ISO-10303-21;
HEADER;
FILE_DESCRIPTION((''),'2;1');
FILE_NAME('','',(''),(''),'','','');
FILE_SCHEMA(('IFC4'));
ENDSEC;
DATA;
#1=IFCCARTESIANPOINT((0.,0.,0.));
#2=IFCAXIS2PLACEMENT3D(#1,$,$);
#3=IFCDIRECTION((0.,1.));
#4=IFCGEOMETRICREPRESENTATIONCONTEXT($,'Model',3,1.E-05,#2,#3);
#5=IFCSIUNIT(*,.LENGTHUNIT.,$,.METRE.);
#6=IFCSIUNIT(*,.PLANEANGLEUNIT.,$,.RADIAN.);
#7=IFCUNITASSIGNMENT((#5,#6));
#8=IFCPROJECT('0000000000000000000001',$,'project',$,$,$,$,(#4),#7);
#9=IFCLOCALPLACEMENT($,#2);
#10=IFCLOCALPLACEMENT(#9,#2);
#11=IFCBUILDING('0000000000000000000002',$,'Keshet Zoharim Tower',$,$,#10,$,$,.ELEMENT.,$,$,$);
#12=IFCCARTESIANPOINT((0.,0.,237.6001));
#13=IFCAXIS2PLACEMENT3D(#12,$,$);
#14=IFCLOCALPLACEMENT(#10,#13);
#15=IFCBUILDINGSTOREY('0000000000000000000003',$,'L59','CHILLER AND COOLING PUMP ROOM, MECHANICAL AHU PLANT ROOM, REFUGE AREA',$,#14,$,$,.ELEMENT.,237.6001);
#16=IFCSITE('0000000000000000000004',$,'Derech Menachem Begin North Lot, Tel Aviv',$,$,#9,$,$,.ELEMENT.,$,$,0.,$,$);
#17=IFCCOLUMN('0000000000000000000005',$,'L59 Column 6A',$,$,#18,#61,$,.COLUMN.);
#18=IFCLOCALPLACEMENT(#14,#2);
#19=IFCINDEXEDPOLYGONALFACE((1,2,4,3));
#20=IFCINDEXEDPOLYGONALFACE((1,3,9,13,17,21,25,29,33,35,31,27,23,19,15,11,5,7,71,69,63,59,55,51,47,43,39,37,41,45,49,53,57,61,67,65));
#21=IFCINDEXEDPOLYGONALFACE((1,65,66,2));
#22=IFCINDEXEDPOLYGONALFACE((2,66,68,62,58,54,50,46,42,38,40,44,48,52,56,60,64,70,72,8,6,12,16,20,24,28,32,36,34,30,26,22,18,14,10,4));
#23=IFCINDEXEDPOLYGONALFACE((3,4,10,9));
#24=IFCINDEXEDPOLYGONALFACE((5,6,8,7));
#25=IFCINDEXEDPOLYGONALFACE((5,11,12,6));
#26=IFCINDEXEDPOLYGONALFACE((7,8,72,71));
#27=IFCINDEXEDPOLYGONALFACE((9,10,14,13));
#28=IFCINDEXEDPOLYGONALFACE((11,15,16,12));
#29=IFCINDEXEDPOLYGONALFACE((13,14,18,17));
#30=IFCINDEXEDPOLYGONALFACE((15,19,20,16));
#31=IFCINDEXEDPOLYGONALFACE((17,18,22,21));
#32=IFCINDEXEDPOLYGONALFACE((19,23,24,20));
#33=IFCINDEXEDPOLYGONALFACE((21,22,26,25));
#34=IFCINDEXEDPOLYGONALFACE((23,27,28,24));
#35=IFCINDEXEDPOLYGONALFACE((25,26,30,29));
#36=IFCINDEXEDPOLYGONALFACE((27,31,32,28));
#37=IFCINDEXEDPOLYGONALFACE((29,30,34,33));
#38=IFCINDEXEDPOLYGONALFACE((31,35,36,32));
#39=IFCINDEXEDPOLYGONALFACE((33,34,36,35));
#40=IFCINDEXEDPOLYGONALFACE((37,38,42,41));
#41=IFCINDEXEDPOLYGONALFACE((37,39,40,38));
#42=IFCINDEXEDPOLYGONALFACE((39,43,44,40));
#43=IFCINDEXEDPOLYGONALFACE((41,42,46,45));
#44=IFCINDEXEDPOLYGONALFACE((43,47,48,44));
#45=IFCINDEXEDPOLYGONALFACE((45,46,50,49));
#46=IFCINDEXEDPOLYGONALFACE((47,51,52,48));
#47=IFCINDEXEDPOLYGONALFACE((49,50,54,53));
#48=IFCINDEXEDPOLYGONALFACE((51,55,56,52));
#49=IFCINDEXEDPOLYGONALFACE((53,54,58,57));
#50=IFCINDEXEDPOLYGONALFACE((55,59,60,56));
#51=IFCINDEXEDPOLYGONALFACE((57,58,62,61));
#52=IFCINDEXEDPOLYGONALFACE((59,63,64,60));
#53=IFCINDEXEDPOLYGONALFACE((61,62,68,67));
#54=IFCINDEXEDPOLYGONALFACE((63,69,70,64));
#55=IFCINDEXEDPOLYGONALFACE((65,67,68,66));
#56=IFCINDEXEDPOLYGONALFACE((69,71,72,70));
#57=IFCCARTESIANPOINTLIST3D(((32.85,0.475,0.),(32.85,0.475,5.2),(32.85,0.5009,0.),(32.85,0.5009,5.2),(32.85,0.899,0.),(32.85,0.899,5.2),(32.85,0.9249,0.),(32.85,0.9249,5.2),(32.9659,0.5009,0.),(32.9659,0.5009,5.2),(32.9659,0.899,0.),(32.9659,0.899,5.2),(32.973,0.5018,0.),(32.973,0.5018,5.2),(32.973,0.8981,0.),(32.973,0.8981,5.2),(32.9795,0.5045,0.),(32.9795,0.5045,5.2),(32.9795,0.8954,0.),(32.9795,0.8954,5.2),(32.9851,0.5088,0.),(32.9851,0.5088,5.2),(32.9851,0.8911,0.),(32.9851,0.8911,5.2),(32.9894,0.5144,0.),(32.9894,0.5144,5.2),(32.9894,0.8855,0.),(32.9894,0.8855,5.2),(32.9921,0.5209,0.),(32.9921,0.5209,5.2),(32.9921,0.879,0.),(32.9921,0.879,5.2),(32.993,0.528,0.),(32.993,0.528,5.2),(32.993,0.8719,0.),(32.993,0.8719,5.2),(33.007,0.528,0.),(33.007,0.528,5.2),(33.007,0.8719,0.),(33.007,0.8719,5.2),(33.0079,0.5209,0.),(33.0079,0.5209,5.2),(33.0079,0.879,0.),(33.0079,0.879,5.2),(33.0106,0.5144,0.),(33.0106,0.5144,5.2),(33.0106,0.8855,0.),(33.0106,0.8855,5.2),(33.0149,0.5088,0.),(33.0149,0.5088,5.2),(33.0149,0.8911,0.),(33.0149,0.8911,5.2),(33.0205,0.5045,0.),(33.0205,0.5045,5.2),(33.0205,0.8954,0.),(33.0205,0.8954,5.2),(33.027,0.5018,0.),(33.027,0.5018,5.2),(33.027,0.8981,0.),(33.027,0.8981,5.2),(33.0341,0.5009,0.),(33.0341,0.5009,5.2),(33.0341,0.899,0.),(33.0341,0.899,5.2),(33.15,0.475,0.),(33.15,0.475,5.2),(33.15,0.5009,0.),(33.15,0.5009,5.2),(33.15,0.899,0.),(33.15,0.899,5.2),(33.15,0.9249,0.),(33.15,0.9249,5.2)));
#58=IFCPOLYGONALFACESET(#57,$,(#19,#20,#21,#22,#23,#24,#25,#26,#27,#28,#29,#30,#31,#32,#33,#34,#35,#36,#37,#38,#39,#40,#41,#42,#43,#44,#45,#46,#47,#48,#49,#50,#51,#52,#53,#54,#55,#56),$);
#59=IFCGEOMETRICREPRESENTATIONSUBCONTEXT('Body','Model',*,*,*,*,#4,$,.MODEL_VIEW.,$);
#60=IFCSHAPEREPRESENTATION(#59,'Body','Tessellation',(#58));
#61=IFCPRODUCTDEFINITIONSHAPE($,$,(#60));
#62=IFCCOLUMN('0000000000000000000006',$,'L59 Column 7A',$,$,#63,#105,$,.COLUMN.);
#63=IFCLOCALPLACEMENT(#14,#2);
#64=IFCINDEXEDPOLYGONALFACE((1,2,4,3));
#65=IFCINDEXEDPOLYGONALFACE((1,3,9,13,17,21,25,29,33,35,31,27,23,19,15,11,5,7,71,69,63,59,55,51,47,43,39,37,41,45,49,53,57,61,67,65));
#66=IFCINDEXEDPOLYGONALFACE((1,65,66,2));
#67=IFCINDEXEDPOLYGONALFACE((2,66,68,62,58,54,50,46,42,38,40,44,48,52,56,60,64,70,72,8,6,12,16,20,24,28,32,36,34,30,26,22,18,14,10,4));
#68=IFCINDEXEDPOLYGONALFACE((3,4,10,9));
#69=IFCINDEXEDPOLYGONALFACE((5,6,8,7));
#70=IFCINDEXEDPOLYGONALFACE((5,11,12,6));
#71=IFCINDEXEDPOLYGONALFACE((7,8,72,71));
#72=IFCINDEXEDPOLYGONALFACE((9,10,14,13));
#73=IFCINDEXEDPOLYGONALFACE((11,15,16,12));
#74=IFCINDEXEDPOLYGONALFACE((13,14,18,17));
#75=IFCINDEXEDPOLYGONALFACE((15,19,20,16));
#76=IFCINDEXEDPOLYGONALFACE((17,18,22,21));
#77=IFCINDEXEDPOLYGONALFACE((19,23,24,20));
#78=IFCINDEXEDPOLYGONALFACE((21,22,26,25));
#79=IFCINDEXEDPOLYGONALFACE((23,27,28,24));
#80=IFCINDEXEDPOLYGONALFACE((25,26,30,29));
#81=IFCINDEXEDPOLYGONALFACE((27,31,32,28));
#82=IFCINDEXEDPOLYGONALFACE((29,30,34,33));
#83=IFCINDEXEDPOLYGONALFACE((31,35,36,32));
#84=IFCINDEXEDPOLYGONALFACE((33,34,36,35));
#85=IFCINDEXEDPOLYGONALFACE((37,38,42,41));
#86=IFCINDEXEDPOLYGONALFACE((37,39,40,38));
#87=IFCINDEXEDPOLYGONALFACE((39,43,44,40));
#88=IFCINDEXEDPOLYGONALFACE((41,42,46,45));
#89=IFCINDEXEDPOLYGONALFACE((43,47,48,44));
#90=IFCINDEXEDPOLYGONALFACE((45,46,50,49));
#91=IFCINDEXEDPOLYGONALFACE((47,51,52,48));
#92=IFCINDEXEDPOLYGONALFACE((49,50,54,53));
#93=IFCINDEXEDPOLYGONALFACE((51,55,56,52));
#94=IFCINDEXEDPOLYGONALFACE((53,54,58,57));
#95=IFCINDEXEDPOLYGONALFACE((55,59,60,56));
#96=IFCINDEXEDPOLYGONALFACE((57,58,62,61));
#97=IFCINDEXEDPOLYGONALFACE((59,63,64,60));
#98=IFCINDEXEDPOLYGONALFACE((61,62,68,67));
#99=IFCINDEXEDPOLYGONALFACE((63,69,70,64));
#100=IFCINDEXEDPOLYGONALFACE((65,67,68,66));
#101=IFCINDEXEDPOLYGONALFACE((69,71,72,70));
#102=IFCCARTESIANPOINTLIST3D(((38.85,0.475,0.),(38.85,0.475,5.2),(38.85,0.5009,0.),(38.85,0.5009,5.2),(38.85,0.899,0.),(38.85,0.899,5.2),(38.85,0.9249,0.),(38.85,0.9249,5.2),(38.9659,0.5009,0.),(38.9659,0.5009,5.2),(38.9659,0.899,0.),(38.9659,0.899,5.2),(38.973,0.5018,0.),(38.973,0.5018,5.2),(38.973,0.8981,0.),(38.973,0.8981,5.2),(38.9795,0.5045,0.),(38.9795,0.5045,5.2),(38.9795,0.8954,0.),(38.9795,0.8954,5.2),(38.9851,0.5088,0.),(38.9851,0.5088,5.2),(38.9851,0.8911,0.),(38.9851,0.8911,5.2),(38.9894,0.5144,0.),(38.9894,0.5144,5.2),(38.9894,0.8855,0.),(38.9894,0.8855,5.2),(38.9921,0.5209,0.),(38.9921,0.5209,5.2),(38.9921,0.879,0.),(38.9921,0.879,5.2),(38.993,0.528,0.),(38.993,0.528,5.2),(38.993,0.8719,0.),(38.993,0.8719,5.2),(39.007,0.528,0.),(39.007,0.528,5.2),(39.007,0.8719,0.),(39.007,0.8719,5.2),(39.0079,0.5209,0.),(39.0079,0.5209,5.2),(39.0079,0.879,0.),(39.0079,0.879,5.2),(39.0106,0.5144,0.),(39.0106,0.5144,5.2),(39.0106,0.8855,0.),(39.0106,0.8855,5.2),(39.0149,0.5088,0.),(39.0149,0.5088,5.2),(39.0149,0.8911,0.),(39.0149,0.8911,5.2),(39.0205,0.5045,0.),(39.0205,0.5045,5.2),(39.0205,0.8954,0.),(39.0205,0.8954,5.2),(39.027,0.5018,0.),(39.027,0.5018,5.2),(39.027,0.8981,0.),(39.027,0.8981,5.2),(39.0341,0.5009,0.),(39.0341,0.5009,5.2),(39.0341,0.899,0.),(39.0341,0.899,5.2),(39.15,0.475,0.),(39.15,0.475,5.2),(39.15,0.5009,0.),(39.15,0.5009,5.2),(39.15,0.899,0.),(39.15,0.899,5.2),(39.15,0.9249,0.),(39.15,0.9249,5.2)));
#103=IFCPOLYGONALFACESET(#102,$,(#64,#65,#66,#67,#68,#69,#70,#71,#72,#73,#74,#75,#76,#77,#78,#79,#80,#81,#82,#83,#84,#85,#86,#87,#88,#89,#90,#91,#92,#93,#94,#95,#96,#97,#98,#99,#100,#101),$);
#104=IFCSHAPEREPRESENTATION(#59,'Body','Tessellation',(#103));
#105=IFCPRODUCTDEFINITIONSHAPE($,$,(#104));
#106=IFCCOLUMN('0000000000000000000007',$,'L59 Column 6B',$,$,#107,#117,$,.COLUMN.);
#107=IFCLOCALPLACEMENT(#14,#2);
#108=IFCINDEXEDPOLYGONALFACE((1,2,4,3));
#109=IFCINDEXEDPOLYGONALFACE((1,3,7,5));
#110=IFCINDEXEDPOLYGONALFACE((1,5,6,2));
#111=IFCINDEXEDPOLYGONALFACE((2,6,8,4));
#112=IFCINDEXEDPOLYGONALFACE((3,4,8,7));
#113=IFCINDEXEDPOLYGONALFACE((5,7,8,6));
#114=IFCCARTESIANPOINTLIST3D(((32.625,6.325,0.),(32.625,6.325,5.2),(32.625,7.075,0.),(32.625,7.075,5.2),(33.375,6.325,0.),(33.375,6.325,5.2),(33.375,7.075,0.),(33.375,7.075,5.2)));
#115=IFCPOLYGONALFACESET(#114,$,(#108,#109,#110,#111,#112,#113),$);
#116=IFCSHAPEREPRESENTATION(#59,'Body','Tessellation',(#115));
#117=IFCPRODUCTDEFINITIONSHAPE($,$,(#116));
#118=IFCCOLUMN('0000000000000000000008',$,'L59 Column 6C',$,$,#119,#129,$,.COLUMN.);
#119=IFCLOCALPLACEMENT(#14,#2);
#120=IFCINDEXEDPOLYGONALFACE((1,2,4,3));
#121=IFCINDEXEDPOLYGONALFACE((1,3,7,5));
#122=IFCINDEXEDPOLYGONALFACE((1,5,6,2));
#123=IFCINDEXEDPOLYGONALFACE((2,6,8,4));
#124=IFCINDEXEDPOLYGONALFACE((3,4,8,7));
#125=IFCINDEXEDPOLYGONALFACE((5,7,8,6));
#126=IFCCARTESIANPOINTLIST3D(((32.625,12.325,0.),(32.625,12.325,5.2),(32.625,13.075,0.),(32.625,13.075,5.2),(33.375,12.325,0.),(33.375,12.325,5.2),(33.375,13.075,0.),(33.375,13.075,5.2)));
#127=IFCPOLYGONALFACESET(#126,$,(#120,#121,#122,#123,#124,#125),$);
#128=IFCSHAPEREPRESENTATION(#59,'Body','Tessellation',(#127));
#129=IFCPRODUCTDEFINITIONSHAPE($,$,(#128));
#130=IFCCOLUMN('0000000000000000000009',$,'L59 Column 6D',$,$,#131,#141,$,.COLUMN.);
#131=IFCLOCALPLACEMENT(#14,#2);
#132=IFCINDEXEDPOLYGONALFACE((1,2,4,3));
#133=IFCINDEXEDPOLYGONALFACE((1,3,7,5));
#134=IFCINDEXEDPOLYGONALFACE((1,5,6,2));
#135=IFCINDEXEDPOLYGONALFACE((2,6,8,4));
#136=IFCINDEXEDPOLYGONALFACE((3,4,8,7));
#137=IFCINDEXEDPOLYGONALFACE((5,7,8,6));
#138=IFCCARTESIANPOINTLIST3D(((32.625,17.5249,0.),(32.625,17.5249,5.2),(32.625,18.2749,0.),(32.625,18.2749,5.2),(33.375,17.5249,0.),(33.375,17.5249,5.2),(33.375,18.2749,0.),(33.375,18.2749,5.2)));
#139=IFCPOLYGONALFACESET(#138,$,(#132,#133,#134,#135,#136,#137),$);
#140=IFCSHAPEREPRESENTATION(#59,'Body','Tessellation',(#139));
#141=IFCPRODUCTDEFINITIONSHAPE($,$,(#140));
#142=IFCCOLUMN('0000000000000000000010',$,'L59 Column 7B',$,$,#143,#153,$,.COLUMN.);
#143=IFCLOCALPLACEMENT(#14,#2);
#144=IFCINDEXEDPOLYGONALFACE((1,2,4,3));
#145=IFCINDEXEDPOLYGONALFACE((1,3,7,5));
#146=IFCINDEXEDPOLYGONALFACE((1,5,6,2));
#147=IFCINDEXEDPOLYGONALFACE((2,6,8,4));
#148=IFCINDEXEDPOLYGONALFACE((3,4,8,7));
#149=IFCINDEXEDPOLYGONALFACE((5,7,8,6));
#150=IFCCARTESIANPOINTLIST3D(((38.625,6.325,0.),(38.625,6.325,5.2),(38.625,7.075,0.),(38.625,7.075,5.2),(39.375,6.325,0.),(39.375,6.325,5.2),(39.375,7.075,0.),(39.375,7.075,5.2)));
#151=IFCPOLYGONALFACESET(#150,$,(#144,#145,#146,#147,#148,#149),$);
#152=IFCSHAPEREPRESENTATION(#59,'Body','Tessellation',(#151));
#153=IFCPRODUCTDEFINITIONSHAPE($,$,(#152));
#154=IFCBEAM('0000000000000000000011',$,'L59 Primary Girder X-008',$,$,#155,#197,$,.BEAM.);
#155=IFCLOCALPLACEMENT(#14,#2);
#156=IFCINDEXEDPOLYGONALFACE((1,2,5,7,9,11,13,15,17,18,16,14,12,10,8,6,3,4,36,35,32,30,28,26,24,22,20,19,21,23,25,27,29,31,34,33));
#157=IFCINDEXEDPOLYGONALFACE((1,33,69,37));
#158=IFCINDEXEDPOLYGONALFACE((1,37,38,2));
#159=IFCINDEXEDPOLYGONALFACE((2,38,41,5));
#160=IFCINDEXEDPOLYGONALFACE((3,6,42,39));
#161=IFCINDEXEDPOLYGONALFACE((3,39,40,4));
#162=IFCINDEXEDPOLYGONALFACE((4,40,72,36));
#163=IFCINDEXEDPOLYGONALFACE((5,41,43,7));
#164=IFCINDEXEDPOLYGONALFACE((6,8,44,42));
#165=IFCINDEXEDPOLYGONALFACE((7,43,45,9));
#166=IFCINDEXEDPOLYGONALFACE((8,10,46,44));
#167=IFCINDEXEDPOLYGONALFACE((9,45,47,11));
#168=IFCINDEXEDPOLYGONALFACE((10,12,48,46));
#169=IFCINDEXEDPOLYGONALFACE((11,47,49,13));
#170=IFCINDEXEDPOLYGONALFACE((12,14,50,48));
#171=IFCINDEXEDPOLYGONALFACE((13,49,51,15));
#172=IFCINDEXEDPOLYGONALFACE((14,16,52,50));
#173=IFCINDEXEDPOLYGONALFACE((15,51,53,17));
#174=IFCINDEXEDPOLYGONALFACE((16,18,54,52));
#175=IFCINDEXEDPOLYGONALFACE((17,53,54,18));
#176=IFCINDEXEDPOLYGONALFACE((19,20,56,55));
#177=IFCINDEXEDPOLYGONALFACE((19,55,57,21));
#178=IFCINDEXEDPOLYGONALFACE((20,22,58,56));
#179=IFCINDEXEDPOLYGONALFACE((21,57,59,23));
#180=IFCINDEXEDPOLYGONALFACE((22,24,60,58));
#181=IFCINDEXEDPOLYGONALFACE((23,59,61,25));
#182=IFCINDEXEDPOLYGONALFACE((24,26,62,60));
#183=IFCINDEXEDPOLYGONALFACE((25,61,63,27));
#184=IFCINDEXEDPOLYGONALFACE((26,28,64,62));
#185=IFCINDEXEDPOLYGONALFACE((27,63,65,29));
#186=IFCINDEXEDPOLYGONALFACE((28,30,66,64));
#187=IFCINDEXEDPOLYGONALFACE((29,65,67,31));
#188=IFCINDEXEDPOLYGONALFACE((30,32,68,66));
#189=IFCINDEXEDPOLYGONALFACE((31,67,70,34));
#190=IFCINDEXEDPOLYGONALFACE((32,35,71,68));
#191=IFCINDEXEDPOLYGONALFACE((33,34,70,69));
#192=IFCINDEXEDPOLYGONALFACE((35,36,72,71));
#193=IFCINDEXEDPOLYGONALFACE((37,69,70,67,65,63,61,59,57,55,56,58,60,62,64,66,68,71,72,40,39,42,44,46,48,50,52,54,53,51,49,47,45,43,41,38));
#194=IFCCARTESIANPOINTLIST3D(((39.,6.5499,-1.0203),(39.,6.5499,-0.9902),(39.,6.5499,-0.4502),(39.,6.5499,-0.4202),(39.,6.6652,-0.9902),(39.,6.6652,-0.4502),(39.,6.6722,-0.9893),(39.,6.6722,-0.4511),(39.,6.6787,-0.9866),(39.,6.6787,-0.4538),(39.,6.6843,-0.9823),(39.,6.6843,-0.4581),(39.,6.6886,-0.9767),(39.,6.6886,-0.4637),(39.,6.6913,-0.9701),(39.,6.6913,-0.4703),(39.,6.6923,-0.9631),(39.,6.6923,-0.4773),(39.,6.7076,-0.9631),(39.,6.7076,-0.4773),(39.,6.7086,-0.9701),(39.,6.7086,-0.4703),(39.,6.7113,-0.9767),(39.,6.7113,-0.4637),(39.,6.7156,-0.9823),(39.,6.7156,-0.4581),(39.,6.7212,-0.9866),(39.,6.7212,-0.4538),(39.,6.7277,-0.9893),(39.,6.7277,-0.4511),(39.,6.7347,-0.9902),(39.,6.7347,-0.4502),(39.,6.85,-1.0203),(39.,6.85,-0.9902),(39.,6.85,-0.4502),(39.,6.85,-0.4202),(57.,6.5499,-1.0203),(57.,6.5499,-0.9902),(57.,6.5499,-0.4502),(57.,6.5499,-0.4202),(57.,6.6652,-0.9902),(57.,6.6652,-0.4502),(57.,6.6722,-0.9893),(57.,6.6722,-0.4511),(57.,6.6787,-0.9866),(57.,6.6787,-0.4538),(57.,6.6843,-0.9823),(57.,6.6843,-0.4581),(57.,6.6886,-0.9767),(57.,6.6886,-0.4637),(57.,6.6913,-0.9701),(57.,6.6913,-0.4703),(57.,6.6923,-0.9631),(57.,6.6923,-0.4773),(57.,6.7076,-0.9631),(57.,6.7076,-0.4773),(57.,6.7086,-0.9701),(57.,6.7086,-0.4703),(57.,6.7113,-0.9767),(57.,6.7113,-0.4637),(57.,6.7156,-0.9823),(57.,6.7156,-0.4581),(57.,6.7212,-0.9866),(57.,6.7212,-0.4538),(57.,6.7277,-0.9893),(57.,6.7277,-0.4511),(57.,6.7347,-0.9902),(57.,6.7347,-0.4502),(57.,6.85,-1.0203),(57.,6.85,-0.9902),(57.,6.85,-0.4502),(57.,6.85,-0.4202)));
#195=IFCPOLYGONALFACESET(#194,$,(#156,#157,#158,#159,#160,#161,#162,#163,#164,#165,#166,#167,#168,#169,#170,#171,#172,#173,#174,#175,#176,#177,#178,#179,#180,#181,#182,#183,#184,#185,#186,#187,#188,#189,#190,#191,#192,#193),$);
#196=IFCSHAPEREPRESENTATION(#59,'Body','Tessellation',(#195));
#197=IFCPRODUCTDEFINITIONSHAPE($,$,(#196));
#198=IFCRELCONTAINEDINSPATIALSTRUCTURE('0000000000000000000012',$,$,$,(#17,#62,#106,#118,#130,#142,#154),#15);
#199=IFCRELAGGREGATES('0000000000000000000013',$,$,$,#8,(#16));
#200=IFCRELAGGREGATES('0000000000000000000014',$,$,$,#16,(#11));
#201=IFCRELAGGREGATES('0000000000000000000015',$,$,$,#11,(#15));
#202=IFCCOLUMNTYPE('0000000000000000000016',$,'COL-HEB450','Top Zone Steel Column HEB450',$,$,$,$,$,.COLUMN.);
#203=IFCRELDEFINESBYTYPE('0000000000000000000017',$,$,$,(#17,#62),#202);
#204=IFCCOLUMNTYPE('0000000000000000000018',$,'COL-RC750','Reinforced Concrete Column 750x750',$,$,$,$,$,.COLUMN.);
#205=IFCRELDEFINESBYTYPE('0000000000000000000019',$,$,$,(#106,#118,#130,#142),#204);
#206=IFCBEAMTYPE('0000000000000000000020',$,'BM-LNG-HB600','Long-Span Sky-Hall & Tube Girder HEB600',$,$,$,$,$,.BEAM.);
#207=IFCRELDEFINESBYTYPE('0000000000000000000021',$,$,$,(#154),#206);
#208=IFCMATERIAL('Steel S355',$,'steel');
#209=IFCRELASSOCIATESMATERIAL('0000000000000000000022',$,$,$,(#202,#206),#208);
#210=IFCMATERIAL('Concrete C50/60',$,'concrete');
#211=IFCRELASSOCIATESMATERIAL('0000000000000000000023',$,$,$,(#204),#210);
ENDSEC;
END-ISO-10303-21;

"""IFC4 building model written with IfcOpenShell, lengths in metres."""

from ifc_helpers import new_model, si_unit, direction, frame, origin, origin_2d, place, context, subcontext, project, spatial, rectangle, i_section, extrude, material, material_profile, profile_set, type_object, element, save


model = new_model("IFC4")

# Units and contexts
model_context = context("Model", 3, precision=1e-05, world=origin(), true_north=direction((0.0, 1.0)))
body_context = subcontext(model_context, "Body", "Model", "MODEL_VIEW")
ifc_project = project(units=[si_unit("LENGTHUNIT", "METRE"), si_unit("PLANEANGLEUNIT", "RADIAN")], contexts=[model_context])

# Site, building, storey
site_placement = place(None, origin())
site = spatial("IfcSite", under=ifc_project, at=site_placement, Name="Derech Menachem Begin North Lot, Tel Aviv", CompositionType="ELEMENT", RefElevation=0.0)
building_placement = place(site_placement, origin())
building = spatial("IfcBuilding", under=site, at=building_placement, Name="Keshet Zoharim Tower", CompositionType="ELEMENT")
storey_placement = place(building_placement, frame((0.0, 0.0, 237.6001)))
storey = spatial("IfcBuildingStorey", under=building, at=storey_placement, Name="L59", Description="CHILLER AND COOLING PUMP ROOM, MECHANICAL AHU PLANT ROOM, REFUGE AREA", CompositionType="ELEMENT", Elevation=237.6001)

# Columns
ifc_material_1 = material(Name="Steel S355", Category="steel")
ifc_material_profile_1 = material_profile(ifc_material_1, i_section(OverallWidth=0.3, OverallDepth=0.45, WebThickness=0.0139, FlangeThickness=0.0259, FilletRadius=0.0271, at=origin_2d()), Name="HEB450")
ifc_profile_set_1 = profile_set([ifc_material_profile_1], Name="Steel S355")
column_type_1 = type_object("IfcColumnType", Name="COL-HEB450", Description="Top Zone Steel Column HEB450", PredefinedType="COLUMN", material=ifc_profile_set_1)
for number, where, z_axis, x_axis, name in (
    (1, (33.0, 0.7, 0.0), (0.0, 0.0, 1.0), (1.0, 0.0, 0.0), "L59 Column 6A"),
    (2, (39.0, 0.7, 0.0), (0.0, 0.0, 1.0), (1.0, 0.0, 0.0), "L59 Column 7A"),
):
    element("IfcColumn", number, at=place(storey_placement, frame(where, z_axis=z_axis, x_axis=x_axis)), inside=storey, type_object=column_type_1, Name=name, PredefinedType="COLUMN", context=body_context, shape_type="SweptSolid", body=[
        extrude(i_section(OverallWidth=0.3, OverallDepth=0.45, WebThickness=0.0139, FlangeThickness=0.0259, FilletRadius=0.0271, at=origin_2d()), origin(), (0.0, 0.0, 1.0), 5.2),
    ])
ifc_material_2 = material(Name="Concrete C50/60", Category="concrete")
ifc_material_profile_2 = material_profile(ifc_material_2, rectangle(XDim=0.75, YDim=0.75, at=origin_2d()), Name="RC750x750")
ifc_profile_set_2 = profile_set([ifc_material_profile_2], Name="Concrete C50/60")
column_type_2 = type_object("IfcColumnType", Name="COL-RC750", Description="Reinforced Concrete Column 750x750", PredefinedType="COLUMN", material=ifc_profile_set_2)
for number, where, z_axis, x_axis, name in (
    (3, (33.0, 6.7, 0.0), (0.0, 0.0, 1.0), (1.0, 0.0, 0.0), "L59 Column 6B"),
    (4, (33.0, 12.7, 0.0), (0.0, 0.0, 1.0), (1.0, 0.0, 0.0), "L59 Column 6C"),
    (5, (33.0, 17.8999, 0.0), (0.0, 0.0, 1.0), (1.0, 0.0, 0.0), "L59 Column 6D"),
    (6, (39.0, 6.7, 0.0), (0.0, 0.0, 1.0), (1.0, 0.0, 0.0), "L59 Column 7B"),
):
    element("IfcColumn", number, at=place(storey_placement, frame(where, z_axis=z_axis, x_axis=x_axis)), inside=storey, type_object=column_type_2, Name=name, PredefinedType="COLUMN", context=body_context, shape_type="SweptSolid", body=[
        extrude(rectangle(XDim=0.75, YDim=0.75, at=origin_2d()), origin(), (0.0, 0.0, 1.0), 5.2),
    ])

# Beam
ifc_material_profile_3 = material_profile(ifc_material_1, i_section(OverallWidth=0.3, OverallDepth=0.6001, WebThickness=0.0154, FlangeThickness=0.03, FilletRadius=0.0271, at=origin_2d()), Name="HEB600")
ifc_profile_set_3 = profile_set([ifc_material_profile_3], Name="Steel S355")
beam_type_1 = type_object("IfcBeamType", Name="BM-LNG-HB600", Description="Long-Span Sky-Hall & Tube Girder HEB600", PredefinedType="BEAM", material=ifc_profile_set_3)
beam_1_placement = place(storey_placement, frame((39.0, 6.7, -0.7202), z_axis=(1.0, 0.0, 0.0), x_axis=(0.0, 1.0, 0.0)))
element("IfcBeam", 7, at=beam_1_placement, inside=storey, type_object=beam_type_1, Name="L59 Primary Girder X-008", PredefinedType="BEAM", context=body_context, shape_type="SweptSolid", body=[
    extrude(i_section(OverallWidth=0.3, OverallDepth=0.6001, WebThickness=0.0154, FlangeThickness=0.03, FilletRadius=0.0271, at=origin_2d()), origin(), (0.0, 0.0, 1.0), 18.0),
])

save(model, "model.ifc")
